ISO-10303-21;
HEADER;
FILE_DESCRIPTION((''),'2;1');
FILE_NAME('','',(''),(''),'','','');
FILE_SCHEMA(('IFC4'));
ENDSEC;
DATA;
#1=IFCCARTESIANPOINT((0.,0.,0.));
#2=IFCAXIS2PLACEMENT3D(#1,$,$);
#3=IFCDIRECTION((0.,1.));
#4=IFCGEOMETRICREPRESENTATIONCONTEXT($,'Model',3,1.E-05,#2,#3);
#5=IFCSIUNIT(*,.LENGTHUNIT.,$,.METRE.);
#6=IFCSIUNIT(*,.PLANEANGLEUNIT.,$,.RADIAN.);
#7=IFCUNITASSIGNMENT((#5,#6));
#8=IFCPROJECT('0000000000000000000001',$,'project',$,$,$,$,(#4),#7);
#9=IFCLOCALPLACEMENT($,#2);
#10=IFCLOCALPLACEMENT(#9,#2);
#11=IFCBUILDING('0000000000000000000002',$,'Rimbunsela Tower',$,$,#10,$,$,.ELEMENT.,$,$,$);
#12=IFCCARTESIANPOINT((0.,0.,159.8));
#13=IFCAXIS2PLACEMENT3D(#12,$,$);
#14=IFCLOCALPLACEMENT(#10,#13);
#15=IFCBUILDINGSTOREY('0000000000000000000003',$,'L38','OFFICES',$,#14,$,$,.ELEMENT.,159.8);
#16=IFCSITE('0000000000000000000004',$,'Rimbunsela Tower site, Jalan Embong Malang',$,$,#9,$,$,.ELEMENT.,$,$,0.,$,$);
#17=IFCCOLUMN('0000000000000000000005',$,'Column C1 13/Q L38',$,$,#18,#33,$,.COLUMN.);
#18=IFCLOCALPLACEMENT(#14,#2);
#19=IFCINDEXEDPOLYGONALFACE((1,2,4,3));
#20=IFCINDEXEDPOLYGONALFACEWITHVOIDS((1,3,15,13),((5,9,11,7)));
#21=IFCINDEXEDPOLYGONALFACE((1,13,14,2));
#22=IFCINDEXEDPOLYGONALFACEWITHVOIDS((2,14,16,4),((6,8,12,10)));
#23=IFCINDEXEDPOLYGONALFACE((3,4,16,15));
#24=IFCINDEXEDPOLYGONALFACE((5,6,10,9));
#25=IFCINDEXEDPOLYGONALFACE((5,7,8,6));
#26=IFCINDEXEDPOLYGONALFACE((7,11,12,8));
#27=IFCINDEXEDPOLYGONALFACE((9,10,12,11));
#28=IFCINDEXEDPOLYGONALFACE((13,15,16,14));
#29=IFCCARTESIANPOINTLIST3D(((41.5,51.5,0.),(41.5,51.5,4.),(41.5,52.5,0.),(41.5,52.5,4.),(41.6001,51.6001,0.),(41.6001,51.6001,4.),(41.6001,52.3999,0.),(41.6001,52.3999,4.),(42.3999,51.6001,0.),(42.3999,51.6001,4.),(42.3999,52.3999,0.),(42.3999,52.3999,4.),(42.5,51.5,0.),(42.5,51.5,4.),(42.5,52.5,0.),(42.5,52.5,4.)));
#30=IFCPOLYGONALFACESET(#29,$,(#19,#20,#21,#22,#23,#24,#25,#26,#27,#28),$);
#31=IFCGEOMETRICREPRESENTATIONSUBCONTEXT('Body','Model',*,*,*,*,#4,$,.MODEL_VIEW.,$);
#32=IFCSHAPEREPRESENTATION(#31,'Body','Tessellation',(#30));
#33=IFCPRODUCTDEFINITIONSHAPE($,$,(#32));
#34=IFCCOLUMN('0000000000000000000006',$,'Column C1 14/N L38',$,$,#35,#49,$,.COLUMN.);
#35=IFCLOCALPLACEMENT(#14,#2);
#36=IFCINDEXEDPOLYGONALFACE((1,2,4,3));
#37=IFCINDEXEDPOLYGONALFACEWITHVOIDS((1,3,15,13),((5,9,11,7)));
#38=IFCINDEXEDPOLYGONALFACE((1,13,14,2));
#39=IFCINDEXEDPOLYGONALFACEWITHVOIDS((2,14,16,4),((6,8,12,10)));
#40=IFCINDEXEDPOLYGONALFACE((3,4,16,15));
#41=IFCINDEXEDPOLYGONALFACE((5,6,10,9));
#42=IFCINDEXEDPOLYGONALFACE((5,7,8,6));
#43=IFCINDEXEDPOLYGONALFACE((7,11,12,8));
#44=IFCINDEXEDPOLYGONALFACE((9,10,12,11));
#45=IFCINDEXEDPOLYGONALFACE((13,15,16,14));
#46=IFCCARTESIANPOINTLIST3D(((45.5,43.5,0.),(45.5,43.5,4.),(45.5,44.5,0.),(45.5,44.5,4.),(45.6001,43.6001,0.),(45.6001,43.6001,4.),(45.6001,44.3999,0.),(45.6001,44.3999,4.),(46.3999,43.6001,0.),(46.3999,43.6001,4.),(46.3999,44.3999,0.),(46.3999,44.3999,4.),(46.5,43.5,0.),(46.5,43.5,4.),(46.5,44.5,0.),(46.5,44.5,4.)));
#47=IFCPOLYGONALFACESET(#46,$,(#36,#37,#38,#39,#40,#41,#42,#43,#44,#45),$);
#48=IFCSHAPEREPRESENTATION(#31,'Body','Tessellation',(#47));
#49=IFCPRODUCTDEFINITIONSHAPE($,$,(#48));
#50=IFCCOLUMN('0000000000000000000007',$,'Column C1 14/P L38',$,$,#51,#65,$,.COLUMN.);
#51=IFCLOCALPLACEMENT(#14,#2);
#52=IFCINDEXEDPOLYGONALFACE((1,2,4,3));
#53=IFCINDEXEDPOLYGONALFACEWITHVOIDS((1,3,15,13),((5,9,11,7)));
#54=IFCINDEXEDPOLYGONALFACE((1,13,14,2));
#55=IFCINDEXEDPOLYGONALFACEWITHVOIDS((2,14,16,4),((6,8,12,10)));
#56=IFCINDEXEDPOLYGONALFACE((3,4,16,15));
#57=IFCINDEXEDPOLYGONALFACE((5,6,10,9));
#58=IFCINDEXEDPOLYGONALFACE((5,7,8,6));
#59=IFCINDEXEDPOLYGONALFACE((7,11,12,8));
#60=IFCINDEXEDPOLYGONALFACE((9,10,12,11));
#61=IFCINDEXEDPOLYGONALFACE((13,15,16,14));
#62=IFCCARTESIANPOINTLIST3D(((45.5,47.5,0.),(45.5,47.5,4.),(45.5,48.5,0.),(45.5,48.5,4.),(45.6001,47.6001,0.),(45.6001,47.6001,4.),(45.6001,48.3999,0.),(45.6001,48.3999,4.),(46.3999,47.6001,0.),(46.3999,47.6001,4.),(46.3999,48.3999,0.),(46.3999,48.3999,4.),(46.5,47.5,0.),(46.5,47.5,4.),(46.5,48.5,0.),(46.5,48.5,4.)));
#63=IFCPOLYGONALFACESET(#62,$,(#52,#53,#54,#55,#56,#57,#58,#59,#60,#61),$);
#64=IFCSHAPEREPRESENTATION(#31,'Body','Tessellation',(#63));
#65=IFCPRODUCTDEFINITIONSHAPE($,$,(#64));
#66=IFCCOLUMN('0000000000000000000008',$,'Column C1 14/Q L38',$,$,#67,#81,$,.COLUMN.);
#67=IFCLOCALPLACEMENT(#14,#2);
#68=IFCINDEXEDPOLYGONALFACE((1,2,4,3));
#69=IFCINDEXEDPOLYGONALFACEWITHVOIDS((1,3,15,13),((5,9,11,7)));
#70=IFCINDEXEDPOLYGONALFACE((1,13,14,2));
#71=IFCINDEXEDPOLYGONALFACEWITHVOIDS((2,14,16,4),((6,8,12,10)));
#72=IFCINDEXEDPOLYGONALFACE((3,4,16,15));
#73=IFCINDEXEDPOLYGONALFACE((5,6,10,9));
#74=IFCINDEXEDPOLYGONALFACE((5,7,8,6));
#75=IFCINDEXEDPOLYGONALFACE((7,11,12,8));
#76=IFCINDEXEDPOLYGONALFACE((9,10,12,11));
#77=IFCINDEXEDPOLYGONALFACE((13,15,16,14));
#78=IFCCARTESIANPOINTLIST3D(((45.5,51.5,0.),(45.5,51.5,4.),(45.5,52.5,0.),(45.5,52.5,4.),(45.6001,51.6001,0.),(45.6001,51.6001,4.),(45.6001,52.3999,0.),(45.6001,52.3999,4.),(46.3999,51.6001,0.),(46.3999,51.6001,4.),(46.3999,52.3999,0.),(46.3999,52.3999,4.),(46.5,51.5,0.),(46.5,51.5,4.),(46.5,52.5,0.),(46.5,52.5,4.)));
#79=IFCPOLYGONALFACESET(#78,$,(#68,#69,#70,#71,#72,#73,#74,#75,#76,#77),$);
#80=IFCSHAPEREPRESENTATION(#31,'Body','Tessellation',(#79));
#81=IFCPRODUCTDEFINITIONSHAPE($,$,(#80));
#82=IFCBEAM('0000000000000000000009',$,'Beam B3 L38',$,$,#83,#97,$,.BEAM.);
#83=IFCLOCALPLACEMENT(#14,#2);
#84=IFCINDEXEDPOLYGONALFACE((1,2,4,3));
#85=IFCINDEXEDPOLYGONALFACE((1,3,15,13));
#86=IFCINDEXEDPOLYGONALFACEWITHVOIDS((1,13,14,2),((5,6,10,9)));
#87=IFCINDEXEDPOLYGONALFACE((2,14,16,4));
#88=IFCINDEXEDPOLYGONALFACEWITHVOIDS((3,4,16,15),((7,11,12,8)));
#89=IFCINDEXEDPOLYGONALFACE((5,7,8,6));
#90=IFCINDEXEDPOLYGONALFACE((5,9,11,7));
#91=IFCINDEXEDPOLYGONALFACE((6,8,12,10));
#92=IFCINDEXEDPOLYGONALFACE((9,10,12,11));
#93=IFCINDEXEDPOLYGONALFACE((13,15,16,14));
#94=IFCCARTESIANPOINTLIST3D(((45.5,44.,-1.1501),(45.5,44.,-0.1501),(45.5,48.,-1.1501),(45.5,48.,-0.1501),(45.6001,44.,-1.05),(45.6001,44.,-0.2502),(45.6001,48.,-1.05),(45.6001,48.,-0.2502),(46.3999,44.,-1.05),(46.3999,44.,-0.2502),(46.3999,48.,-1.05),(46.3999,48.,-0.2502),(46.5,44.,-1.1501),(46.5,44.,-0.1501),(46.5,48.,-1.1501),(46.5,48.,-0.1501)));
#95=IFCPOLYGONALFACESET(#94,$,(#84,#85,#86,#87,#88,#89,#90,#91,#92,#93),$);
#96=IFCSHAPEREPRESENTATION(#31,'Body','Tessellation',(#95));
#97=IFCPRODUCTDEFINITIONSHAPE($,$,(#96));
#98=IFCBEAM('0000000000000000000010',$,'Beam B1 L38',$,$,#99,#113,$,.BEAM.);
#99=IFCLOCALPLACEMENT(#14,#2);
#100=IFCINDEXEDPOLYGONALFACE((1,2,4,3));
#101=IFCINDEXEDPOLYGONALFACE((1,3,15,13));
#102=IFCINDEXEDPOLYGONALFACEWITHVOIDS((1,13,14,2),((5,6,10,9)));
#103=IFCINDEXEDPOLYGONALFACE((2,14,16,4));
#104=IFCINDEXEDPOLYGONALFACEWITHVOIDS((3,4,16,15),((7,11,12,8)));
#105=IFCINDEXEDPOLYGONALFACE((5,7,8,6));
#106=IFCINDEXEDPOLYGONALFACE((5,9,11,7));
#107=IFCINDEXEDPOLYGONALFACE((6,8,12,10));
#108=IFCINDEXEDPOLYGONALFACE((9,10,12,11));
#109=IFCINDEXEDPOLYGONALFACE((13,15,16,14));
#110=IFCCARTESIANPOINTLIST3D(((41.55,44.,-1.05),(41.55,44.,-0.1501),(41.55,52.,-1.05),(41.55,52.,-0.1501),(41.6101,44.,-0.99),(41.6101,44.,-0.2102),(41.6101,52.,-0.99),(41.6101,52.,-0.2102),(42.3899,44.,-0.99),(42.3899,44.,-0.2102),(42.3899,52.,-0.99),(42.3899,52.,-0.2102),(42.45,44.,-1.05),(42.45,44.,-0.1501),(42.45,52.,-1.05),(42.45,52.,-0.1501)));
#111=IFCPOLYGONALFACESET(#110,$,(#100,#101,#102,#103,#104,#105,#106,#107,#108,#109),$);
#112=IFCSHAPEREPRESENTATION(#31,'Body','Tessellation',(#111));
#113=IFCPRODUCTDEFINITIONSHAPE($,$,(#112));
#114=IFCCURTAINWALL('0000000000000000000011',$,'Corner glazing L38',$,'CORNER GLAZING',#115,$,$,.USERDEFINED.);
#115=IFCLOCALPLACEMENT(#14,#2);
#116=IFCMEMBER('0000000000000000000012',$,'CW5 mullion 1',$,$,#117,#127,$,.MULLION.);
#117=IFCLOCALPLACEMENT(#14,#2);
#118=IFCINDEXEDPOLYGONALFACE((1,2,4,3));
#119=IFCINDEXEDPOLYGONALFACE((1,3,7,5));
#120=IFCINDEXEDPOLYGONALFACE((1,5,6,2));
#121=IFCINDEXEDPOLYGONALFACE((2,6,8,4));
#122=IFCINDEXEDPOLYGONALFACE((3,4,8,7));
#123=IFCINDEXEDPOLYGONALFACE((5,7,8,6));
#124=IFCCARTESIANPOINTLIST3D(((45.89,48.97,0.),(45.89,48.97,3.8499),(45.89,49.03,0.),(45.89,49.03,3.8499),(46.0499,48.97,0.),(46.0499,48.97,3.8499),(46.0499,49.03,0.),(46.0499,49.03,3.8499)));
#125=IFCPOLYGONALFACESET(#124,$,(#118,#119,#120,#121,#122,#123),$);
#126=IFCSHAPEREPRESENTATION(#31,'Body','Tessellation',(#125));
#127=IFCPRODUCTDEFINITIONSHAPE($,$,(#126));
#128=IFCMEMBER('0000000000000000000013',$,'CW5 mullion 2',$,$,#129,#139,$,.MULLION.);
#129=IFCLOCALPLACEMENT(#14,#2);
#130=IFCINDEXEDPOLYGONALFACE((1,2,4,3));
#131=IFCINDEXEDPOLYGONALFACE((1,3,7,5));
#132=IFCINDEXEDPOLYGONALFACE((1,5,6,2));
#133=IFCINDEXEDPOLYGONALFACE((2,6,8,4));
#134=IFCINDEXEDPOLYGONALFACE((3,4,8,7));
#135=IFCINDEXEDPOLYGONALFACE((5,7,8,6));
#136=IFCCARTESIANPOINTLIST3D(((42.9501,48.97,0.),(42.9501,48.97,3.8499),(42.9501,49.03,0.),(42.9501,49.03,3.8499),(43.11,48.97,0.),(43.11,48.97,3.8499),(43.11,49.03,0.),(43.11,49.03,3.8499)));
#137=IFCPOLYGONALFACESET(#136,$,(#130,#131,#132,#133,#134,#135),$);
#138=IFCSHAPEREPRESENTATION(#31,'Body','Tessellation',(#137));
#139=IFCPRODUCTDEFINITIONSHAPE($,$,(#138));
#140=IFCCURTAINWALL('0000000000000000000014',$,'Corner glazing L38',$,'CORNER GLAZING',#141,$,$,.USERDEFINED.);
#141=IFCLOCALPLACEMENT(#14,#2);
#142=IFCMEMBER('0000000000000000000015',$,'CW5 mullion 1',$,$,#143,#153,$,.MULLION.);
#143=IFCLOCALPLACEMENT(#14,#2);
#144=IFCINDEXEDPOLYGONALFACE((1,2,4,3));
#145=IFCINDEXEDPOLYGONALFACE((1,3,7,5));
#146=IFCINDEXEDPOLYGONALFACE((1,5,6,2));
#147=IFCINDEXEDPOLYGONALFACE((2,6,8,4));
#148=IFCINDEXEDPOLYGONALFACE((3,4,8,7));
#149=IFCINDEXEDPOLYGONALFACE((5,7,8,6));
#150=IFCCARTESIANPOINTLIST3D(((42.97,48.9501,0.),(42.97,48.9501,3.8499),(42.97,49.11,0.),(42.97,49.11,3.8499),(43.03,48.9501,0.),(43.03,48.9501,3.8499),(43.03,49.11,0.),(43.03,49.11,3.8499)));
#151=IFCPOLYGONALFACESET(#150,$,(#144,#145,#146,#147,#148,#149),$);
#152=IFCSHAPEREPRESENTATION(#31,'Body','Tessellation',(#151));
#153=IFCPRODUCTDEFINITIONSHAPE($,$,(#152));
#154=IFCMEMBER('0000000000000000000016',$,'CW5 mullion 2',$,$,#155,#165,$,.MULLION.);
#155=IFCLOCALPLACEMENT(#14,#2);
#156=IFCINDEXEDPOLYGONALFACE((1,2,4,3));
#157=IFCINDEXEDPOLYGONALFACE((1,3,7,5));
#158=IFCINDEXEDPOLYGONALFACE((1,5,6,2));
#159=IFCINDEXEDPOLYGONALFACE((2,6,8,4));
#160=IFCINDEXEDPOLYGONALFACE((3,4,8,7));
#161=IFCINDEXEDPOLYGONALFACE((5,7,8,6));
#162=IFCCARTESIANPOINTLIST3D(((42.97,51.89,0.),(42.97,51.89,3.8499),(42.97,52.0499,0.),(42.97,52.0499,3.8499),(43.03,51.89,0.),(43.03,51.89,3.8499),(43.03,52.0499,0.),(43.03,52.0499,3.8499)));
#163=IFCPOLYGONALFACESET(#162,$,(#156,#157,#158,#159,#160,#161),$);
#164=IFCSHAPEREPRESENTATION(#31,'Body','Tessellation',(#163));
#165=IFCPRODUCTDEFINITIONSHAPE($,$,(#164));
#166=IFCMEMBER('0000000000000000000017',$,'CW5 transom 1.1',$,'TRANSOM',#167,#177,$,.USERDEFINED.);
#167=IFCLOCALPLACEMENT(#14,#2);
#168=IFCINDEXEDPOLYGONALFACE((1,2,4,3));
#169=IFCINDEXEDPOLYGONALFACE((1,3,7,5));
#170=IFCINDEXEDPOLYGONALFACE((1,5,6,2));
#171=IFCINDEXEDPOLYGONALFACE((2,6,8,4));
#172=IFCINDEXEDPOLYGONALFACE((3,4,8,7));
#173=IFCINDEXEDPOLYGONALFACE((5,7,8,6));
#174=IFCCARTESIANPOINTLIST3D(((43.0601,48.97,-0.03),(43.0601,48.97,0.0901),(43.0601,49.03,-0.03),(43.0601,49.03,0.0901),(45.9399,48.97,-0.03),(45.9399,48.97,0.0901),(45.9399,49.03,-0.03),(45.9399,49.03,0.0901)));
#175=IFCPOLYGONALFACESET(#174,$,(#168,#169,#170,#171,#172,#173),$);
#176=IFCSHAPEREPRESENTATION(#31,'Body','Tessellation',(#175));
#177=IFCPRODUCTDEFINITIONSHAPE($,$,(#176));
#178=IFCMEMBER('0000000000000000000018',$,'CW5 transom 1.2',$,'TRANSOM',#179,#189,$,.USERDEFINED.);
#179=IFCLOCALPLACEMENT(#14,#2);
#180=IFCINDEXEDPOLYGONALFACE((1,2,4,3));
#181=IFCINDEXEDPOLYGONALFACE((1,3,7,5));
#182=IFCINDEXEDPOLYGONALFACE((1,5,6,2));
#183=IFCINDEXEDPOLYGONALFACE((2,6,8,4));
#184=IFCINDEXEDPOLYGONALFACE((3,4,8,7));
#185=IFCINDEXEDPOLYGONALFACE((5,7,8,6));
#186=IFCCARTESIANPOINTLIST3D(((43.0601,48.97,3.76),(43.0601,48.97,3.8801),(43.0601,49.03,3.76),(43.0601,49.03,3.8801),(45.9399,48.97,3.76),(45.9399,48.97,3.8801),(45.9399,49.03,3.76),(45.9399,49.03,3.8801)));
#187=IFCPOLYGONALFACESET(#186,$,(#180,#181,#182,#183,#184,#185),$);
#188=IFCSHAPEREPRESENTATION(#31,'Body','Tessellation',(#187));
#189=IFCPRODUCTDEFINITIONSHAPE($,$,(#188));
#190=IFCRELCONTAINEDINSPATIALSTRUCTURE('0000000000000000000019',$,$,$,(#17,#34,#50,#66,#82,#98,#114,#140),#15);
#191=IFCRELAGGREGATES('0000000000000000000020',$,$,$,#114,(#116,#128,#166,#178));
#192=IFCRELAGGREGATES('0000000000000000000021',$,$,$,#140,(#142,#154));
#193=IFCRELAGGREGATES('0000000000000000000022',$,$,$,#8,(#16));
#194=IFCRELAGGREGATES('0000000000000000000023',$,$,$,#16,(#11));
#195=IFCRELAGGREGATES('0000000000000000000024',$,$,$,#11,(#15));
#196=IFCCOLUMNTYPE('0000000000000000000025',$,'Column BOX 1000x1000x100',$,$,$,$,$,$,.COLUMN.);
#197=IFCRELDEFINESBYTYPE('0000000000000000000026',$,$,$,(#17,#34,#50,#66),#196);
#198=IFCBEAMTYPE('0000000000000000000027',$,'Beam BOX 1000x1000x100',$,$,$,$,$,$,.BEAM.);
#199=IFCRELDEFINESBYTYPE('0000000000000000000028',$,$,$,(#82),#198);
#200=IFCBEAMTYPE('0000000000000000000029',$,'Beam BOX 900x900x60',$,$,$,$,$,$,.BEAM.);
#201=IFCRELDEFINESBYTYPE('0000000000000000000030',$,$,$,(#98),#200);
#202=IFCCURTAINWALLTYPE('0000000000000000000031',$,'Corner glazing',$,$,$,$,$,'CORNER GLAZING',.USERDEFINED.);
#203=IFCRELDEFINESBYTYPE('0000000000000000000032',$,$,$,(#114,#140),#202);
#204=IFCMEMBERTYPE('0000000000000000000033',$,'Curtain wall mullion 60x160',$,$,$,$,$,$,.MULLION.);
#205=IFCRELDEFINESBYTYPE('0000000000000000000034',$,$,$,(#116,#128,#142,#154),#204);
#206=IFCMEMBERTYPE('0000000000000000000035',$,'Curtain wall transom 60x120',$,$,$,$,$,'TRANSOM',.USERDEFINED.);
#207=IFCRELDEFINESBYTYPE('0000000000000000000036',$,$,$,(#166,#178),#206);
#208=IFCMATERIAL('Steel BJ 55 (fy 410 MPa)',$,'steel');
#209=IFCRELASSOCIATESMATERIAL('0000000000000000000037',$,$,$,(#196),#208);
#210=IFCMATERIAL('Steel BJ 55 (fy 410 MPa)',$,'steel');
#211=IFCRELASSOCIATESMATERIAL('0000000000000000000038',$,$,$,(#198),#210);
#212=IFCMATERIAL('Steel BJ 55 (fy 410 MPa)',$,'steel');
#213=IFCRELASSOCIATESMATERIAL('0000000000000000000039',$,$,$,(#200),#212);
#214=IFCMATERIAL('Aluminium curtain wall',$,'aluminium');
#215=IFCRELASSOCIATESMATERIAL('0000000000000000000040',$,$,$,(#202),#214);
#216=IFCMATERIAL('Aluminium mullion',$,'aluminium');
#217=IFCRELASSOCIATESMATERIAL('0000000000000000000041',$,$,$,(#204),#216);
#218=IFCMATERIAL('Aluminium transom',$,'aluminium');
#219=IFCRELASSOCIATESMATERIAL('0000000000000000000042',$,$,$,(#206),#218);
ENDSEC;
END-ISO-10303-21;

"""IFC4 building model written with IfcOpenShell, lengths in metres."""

from ifc_helpers import new_model, si_unit, direction, frame, origin, origin_2d, place, context, subcontext, project, spatial, rectangle, hollow_rectangle, extrude, material, material_profile, profile_set, type_object, element, aggregate, save


model = new_model("IFC4")

# Units and contexts
model_context = context("Model", 3, precision=1e-05, world=origin(), true_north=direction((0.0, 1.0)))
body_context = subcontext(model_context, "Body", "Model", "MODEL_VIEW")
ifc_project = project(units=[si_unit("LENGTHUNIT", "METRE"), si_unit("PLANEANGLEUNIT", "RADIAN")], contexts=[model_context])

# Site, building, storey
site_placement = place(None, origin())
site = spatial("IfcSite", under=ifc_project, at=site_placement, Name="Rimbunsela Tower site, Jalan Embong Malang", CompositionType="ELEMENT", RefElevation=0.0)
building_placement = place(site_placement, origin())
building = spatial("IfcBuilding", under=site, at=building_placement, Name="Rimbunsela Tower", CompositionType="ELEMENT")
storey_placement = place(building_placement, frame((0.0, 0.0, 159.8)))
storey = spatial("IfcBuildingStorey", under=building, at=storey_placement, Name="L38", Description="OFFICES", CompositionType="ELEMENT", Elevation=159.8)

# Columns
ifc_material_1 = material(Name="Steel BJ 55 (fy 410 MPa)", Category="steel")
ifc_material_profile_1 = material_profile(ifc_material_1, hollow_rectangle(XDim=1.0, YDim=1.0, WallThickness=0.1001, at=origin_2d()), Name="BOX 1000x1000x100")
ifc_profile_set_1 = profile_set([ifc_material_profile_1], Name="Steel BJ 55 (fy 410 MPa)")
column_type = type_object("IfcColumnType", Name="Column BOX 1000x1000x100", PredefinedType="COLUMN", material=ifc_profile_set_1)
for number, where, z_axis, x_axis, name in (
    (1, (42.0, 52.0, 0.0), (0.0, 0.0, 1.0), (1.0, 0.0, 0.0), "Column C1 13/Q L38"),
    (2, (46.0, 44.0, 0.0), (0.0, 0.0, 1.0), (1.0, 0.0, 0.0), "Column C1 14/N L38"),
    (3, (46.0, 48.0, 0.0), (0.0, 0.0, 1.0), (1.0, 0.0, 0.0), "Column C1 14/P L38"),
    (4, (46.0, 52.0, 0.0), (0.0, 0.0, 1.0), (1.0, 0.0, 0.0), "Column C1 14/Q L38"),
):
    element("IfcColumn", number, at=place(storey_placement, frame(where, z_axis=z_axis, x_axis=x_axis)), inside=storey, type_object=column_type, Name=name, PredefinedType="COLUMN", context=body_context, shape_type="SweptSolid", body=[
        extrude(hollow_rectangle(XDim=1.0, YDim=1.0, WallThickness=0.1001, at=origin_2d()), origin(), (0.0, 0.0, 1.0), 4.0),
    ])

# Beams
ifc_material_2 = material(Name="Steel BJ 55 (fy 410 MPa)", Category="steel")
ifc_material_profile_2 = material_profile(ifc_material_2, hollow_rectangle(XDim=1.0, YDim=1.0, WallThickness=0.1001, at=origin_2d()), Name="BOX 1000x1000x100")
ifc_profile_set_2 = profile_set([ifc_material_profile_2], Name="Steel BJ 55 (fy 410 MPa)")
beam_type_1 = type_object("IfcBeamType", Name="Beam BOX 1000x1000x100", PredefinedType="BEAM", material=ifc_profile_set_2)
beam_1_placement = place(storey_placement, frame((46.0, 44.0, -0.6501), z_axis=(0.0, 1.0, 0.0), x_axis=(-1.0, 0.0, 0.0)))
element("IfcBeam", 5, at=beam_1_placement, inside=storey, type_object=beam_type_1, Name="Beam B3 L38", PredefinedType="BEAM", context=body_context, shape_type="SweptSolid", body=[
    extrude(hollow_rectangle(XDim=1.0, YDim=1.0, WallThickness=0.1001, at=origin_2d()), origin(), (0.0, 0.0, 1.0), 4.0),
])
ifc_material_3 = material(Name="Steel BJ 55 (fy 410 MPa)", Category="steel")
ifc_material_profile_3 = material_profile(ifc_material_3, hollow_rectangle(XDim=0.8999, YDim=0.8999, WallThickness=0.0601, at=origin_2d()), Name="BOX 900x900x60")
ifc_profile_set_3 = profile_set([ifc_material_profile_3], Name="Steel BJ 55 (fy 410 MPa)")
beam_type_2 = type_object("IfcBeamType", Name="Beam BOX 900x900x60", PredefinedType="BEAM", material=ifc_profile_set_3)
beam_2_placement = place(storey_placement, frame((42.0, 44.0, -0.6001), z_axis=(0.0, 1.0, 0.0), x_axis=(-1.0, 0.0, 0.0)))
element("IfcBeam", 6, at=beam_2_placement, inside=storey, type_object=beam_type_2, Name="Beam B1 L38", PredefinedType="BEAM", context=body_context, shape_type="SweptSolid", body=[
    extrude(hollow_rectangle(XDim=0.8999, YDim=0.8999, WallThickness=0.0601, at=origin_2d()), origin(), (0.0, 0.0, 1.0), 8.0),
])

# Curtain walls, members
ifc_material_4 = material(Name="Aluminium curtain wall", Category="aluminium")
curtain_wall_type = type_object("IfcCurtainWallType", Name="Corner glazing", ElementType="CORNER GLAZING", PredefinedType="USERDEFINED", material=ifc_material_4)
curtain_wall_1_placement = place(storey_placement, origin())
curtain_wall_1 = element("IfcCurtainWall", 7, at=curtain_wall_1_placement, inside=storey, type_object=curtain_wall_type, Name="Corner glazing L38", ObjectType="CORNER GLAZING", PredefinedType="USERDEFINED")
ifc_material_5 = material(Name="Aluminium mullion", Category="aluminium")
ifc_material_profile_4 = material_profile(ifc_material_5, rectangle(XDim=0.0601, YDim=0.1599, at=origin_2d()), Name="Mullion 60x160")
ifc_profile_set_4 = profile_set([ifc_material_profile_4], Name="Aluminium mullion")
member_type_1 = type_object("IfcMemberType", Name="Curtain wall mullion 60x160", PredefinedType="MULLION", material=ifc_profile_set_4)
member_1_placement = place(storey_placement, frame((45.97, 49.0, 0.0), z_axis=(0.0, 0.0, 1.0), x_axis=(0.0, -1.0, 0.0)))
member_1 = element("IfcMember", 8, at=member_1_placement, type_object=member_type_1, Name="CW5 mullion 1", PredefinedType="MULLION", context=body_context, shape_type="SweptSolid", body=[
    extrude(rectangle(XDim=0.0601, YDim=0.1599, at=origin_2d()), origin(), (0.0, 0.0, 1.0), 3.8499),
])
member_2_placement = place(storey_placement, frame((43.03, 49.0, 0.0), z_axis=(0.0, 0.0, 1.0), x_axis=(0.0, -1.0, 0.0)))
member_2 = element("IfcMember", 9, at=member_2_placement, type_object=member_type_1, Name="CW5 mullion 2", PredefinedType="MULLION", context=body_context, shape_type="SweptSolid", body=[
    extrude(rectangle(XDim=0.0601, YDim=0.1599, at=origin_2d()), origin(), (0.0, 0.0, 1.0), 3.8499),
])
curtain_wall_2_placement = place(storey_placement, origin())
curtain_wall_2 = element("IfcCurtainWall", 10, at=curtain_wall_2_placement, inside=storey, type_object=curtain_wall_type, Name="Corner glazing L38", ObjectType="CORNER GLAZING", PredefinedType="USERDEFINED")
member_3_placement = place(storey_placement, frame((43.0, 49.03, 0.0), z_axis=(0.0, 0.0, 1.0), x_axis=(-1.0, 0.0, 0.0)))
member_3 = element("IfcMember", 11, at=member_3_placement, type_object=member_type_1, Name="CW5 mullion 1", PredefinedType="MULLION", context=body_context, shape_type="SweptSolid", body=[
    extrude(rectangle(XDim=0.0601, YDim=0.1599, at=origin_2d()), origin(), (0.0, 0.0, 1.0), 3.8499),
])
member_4_placement = place(storey_placement, frame((43.0, 51.97, 0.0), z_axis=(0.0, 0.0, 1.0), x_axis=(-1.0, 0.0, 0.0)))
member_4 = element("IfcMember", 12, at=member_4_placement, type_object=member_type_1, Name="CW5 mullion 2", PredefinedType="MULLION", context=body_context, shape_type="SweptSolid", body=[
    extrude(rectangle(XDim=0.0601, YDim=0.1599, at=origin_2d()), origin(), (0.0, 0.0, 1.0), 3.8499),
])

# Members
ifc_material_6 = material(Name="Aluminium transom", Category="aluminium")
ifc_material_profile_5 = material_profile(ifc_material_6, rectangle(XDim=0.0601, YDim=0.1201, at=origin_2d()), Name="Transom 60x120")
ifc_profile_set_5 = profile_set([ifc_material_profile_5], Name="Aluminium transom")
member_type_2 = type_object("IfcMemberType", Name="Curtain wall transom 60x120", ElementType="TRANSOM", PredefinedType="USERDEFINED", material=ifc_profile_set_5)
member_5_placement = place(storey_placement, frame((45.9399, 49.0, 0.03), z_axis=(-1.0, 0.0, 0.0), x_axis=(0.0, -1.0, 0.0)))
member_5 = element("IfcMember", 13, at=member_5_placement, type_object=member_type_2, Name="CW5 transom 1.1", ObjectType="TRANSOM", PredefinedType="USERDEFINED", context=body_context, shape_type="SweptSolid", body=[
    extrude(rectangle(XDim=0.0601, YDim=0.1201, at=origin_2d()), origin(), (0.0, 0.0, 1.0), 2.8799),
])
member_6_placement = place(storey_placement, frame((45.9399, 49.0, 3.8201), z_axis=(-1.0, 0.0, 0.0), x_axis=(0.0, -1.0, 0.0)))
member_6 = element("IfcMember", 14, at=member_6_placement, type_object=member_type_2, Name="CW5 transom 1.2", ObjectType="TRANSOM", PredefinedType="USERDEFINED", context=body_context, shape_type="SweptSolid", body=[
    extrude(rectangle(XDim=0.0601, YDim=0.1201, at=origin_2d()), origin(), (0.0, 0.0, 1.0), 2.8799),
])

aggregate(curtain_wall_1, [member_1, member_2, member_5, member_6])
aggregate(curtain_wall_2, [member_3, member_4])

save(model, "model.ifc")
